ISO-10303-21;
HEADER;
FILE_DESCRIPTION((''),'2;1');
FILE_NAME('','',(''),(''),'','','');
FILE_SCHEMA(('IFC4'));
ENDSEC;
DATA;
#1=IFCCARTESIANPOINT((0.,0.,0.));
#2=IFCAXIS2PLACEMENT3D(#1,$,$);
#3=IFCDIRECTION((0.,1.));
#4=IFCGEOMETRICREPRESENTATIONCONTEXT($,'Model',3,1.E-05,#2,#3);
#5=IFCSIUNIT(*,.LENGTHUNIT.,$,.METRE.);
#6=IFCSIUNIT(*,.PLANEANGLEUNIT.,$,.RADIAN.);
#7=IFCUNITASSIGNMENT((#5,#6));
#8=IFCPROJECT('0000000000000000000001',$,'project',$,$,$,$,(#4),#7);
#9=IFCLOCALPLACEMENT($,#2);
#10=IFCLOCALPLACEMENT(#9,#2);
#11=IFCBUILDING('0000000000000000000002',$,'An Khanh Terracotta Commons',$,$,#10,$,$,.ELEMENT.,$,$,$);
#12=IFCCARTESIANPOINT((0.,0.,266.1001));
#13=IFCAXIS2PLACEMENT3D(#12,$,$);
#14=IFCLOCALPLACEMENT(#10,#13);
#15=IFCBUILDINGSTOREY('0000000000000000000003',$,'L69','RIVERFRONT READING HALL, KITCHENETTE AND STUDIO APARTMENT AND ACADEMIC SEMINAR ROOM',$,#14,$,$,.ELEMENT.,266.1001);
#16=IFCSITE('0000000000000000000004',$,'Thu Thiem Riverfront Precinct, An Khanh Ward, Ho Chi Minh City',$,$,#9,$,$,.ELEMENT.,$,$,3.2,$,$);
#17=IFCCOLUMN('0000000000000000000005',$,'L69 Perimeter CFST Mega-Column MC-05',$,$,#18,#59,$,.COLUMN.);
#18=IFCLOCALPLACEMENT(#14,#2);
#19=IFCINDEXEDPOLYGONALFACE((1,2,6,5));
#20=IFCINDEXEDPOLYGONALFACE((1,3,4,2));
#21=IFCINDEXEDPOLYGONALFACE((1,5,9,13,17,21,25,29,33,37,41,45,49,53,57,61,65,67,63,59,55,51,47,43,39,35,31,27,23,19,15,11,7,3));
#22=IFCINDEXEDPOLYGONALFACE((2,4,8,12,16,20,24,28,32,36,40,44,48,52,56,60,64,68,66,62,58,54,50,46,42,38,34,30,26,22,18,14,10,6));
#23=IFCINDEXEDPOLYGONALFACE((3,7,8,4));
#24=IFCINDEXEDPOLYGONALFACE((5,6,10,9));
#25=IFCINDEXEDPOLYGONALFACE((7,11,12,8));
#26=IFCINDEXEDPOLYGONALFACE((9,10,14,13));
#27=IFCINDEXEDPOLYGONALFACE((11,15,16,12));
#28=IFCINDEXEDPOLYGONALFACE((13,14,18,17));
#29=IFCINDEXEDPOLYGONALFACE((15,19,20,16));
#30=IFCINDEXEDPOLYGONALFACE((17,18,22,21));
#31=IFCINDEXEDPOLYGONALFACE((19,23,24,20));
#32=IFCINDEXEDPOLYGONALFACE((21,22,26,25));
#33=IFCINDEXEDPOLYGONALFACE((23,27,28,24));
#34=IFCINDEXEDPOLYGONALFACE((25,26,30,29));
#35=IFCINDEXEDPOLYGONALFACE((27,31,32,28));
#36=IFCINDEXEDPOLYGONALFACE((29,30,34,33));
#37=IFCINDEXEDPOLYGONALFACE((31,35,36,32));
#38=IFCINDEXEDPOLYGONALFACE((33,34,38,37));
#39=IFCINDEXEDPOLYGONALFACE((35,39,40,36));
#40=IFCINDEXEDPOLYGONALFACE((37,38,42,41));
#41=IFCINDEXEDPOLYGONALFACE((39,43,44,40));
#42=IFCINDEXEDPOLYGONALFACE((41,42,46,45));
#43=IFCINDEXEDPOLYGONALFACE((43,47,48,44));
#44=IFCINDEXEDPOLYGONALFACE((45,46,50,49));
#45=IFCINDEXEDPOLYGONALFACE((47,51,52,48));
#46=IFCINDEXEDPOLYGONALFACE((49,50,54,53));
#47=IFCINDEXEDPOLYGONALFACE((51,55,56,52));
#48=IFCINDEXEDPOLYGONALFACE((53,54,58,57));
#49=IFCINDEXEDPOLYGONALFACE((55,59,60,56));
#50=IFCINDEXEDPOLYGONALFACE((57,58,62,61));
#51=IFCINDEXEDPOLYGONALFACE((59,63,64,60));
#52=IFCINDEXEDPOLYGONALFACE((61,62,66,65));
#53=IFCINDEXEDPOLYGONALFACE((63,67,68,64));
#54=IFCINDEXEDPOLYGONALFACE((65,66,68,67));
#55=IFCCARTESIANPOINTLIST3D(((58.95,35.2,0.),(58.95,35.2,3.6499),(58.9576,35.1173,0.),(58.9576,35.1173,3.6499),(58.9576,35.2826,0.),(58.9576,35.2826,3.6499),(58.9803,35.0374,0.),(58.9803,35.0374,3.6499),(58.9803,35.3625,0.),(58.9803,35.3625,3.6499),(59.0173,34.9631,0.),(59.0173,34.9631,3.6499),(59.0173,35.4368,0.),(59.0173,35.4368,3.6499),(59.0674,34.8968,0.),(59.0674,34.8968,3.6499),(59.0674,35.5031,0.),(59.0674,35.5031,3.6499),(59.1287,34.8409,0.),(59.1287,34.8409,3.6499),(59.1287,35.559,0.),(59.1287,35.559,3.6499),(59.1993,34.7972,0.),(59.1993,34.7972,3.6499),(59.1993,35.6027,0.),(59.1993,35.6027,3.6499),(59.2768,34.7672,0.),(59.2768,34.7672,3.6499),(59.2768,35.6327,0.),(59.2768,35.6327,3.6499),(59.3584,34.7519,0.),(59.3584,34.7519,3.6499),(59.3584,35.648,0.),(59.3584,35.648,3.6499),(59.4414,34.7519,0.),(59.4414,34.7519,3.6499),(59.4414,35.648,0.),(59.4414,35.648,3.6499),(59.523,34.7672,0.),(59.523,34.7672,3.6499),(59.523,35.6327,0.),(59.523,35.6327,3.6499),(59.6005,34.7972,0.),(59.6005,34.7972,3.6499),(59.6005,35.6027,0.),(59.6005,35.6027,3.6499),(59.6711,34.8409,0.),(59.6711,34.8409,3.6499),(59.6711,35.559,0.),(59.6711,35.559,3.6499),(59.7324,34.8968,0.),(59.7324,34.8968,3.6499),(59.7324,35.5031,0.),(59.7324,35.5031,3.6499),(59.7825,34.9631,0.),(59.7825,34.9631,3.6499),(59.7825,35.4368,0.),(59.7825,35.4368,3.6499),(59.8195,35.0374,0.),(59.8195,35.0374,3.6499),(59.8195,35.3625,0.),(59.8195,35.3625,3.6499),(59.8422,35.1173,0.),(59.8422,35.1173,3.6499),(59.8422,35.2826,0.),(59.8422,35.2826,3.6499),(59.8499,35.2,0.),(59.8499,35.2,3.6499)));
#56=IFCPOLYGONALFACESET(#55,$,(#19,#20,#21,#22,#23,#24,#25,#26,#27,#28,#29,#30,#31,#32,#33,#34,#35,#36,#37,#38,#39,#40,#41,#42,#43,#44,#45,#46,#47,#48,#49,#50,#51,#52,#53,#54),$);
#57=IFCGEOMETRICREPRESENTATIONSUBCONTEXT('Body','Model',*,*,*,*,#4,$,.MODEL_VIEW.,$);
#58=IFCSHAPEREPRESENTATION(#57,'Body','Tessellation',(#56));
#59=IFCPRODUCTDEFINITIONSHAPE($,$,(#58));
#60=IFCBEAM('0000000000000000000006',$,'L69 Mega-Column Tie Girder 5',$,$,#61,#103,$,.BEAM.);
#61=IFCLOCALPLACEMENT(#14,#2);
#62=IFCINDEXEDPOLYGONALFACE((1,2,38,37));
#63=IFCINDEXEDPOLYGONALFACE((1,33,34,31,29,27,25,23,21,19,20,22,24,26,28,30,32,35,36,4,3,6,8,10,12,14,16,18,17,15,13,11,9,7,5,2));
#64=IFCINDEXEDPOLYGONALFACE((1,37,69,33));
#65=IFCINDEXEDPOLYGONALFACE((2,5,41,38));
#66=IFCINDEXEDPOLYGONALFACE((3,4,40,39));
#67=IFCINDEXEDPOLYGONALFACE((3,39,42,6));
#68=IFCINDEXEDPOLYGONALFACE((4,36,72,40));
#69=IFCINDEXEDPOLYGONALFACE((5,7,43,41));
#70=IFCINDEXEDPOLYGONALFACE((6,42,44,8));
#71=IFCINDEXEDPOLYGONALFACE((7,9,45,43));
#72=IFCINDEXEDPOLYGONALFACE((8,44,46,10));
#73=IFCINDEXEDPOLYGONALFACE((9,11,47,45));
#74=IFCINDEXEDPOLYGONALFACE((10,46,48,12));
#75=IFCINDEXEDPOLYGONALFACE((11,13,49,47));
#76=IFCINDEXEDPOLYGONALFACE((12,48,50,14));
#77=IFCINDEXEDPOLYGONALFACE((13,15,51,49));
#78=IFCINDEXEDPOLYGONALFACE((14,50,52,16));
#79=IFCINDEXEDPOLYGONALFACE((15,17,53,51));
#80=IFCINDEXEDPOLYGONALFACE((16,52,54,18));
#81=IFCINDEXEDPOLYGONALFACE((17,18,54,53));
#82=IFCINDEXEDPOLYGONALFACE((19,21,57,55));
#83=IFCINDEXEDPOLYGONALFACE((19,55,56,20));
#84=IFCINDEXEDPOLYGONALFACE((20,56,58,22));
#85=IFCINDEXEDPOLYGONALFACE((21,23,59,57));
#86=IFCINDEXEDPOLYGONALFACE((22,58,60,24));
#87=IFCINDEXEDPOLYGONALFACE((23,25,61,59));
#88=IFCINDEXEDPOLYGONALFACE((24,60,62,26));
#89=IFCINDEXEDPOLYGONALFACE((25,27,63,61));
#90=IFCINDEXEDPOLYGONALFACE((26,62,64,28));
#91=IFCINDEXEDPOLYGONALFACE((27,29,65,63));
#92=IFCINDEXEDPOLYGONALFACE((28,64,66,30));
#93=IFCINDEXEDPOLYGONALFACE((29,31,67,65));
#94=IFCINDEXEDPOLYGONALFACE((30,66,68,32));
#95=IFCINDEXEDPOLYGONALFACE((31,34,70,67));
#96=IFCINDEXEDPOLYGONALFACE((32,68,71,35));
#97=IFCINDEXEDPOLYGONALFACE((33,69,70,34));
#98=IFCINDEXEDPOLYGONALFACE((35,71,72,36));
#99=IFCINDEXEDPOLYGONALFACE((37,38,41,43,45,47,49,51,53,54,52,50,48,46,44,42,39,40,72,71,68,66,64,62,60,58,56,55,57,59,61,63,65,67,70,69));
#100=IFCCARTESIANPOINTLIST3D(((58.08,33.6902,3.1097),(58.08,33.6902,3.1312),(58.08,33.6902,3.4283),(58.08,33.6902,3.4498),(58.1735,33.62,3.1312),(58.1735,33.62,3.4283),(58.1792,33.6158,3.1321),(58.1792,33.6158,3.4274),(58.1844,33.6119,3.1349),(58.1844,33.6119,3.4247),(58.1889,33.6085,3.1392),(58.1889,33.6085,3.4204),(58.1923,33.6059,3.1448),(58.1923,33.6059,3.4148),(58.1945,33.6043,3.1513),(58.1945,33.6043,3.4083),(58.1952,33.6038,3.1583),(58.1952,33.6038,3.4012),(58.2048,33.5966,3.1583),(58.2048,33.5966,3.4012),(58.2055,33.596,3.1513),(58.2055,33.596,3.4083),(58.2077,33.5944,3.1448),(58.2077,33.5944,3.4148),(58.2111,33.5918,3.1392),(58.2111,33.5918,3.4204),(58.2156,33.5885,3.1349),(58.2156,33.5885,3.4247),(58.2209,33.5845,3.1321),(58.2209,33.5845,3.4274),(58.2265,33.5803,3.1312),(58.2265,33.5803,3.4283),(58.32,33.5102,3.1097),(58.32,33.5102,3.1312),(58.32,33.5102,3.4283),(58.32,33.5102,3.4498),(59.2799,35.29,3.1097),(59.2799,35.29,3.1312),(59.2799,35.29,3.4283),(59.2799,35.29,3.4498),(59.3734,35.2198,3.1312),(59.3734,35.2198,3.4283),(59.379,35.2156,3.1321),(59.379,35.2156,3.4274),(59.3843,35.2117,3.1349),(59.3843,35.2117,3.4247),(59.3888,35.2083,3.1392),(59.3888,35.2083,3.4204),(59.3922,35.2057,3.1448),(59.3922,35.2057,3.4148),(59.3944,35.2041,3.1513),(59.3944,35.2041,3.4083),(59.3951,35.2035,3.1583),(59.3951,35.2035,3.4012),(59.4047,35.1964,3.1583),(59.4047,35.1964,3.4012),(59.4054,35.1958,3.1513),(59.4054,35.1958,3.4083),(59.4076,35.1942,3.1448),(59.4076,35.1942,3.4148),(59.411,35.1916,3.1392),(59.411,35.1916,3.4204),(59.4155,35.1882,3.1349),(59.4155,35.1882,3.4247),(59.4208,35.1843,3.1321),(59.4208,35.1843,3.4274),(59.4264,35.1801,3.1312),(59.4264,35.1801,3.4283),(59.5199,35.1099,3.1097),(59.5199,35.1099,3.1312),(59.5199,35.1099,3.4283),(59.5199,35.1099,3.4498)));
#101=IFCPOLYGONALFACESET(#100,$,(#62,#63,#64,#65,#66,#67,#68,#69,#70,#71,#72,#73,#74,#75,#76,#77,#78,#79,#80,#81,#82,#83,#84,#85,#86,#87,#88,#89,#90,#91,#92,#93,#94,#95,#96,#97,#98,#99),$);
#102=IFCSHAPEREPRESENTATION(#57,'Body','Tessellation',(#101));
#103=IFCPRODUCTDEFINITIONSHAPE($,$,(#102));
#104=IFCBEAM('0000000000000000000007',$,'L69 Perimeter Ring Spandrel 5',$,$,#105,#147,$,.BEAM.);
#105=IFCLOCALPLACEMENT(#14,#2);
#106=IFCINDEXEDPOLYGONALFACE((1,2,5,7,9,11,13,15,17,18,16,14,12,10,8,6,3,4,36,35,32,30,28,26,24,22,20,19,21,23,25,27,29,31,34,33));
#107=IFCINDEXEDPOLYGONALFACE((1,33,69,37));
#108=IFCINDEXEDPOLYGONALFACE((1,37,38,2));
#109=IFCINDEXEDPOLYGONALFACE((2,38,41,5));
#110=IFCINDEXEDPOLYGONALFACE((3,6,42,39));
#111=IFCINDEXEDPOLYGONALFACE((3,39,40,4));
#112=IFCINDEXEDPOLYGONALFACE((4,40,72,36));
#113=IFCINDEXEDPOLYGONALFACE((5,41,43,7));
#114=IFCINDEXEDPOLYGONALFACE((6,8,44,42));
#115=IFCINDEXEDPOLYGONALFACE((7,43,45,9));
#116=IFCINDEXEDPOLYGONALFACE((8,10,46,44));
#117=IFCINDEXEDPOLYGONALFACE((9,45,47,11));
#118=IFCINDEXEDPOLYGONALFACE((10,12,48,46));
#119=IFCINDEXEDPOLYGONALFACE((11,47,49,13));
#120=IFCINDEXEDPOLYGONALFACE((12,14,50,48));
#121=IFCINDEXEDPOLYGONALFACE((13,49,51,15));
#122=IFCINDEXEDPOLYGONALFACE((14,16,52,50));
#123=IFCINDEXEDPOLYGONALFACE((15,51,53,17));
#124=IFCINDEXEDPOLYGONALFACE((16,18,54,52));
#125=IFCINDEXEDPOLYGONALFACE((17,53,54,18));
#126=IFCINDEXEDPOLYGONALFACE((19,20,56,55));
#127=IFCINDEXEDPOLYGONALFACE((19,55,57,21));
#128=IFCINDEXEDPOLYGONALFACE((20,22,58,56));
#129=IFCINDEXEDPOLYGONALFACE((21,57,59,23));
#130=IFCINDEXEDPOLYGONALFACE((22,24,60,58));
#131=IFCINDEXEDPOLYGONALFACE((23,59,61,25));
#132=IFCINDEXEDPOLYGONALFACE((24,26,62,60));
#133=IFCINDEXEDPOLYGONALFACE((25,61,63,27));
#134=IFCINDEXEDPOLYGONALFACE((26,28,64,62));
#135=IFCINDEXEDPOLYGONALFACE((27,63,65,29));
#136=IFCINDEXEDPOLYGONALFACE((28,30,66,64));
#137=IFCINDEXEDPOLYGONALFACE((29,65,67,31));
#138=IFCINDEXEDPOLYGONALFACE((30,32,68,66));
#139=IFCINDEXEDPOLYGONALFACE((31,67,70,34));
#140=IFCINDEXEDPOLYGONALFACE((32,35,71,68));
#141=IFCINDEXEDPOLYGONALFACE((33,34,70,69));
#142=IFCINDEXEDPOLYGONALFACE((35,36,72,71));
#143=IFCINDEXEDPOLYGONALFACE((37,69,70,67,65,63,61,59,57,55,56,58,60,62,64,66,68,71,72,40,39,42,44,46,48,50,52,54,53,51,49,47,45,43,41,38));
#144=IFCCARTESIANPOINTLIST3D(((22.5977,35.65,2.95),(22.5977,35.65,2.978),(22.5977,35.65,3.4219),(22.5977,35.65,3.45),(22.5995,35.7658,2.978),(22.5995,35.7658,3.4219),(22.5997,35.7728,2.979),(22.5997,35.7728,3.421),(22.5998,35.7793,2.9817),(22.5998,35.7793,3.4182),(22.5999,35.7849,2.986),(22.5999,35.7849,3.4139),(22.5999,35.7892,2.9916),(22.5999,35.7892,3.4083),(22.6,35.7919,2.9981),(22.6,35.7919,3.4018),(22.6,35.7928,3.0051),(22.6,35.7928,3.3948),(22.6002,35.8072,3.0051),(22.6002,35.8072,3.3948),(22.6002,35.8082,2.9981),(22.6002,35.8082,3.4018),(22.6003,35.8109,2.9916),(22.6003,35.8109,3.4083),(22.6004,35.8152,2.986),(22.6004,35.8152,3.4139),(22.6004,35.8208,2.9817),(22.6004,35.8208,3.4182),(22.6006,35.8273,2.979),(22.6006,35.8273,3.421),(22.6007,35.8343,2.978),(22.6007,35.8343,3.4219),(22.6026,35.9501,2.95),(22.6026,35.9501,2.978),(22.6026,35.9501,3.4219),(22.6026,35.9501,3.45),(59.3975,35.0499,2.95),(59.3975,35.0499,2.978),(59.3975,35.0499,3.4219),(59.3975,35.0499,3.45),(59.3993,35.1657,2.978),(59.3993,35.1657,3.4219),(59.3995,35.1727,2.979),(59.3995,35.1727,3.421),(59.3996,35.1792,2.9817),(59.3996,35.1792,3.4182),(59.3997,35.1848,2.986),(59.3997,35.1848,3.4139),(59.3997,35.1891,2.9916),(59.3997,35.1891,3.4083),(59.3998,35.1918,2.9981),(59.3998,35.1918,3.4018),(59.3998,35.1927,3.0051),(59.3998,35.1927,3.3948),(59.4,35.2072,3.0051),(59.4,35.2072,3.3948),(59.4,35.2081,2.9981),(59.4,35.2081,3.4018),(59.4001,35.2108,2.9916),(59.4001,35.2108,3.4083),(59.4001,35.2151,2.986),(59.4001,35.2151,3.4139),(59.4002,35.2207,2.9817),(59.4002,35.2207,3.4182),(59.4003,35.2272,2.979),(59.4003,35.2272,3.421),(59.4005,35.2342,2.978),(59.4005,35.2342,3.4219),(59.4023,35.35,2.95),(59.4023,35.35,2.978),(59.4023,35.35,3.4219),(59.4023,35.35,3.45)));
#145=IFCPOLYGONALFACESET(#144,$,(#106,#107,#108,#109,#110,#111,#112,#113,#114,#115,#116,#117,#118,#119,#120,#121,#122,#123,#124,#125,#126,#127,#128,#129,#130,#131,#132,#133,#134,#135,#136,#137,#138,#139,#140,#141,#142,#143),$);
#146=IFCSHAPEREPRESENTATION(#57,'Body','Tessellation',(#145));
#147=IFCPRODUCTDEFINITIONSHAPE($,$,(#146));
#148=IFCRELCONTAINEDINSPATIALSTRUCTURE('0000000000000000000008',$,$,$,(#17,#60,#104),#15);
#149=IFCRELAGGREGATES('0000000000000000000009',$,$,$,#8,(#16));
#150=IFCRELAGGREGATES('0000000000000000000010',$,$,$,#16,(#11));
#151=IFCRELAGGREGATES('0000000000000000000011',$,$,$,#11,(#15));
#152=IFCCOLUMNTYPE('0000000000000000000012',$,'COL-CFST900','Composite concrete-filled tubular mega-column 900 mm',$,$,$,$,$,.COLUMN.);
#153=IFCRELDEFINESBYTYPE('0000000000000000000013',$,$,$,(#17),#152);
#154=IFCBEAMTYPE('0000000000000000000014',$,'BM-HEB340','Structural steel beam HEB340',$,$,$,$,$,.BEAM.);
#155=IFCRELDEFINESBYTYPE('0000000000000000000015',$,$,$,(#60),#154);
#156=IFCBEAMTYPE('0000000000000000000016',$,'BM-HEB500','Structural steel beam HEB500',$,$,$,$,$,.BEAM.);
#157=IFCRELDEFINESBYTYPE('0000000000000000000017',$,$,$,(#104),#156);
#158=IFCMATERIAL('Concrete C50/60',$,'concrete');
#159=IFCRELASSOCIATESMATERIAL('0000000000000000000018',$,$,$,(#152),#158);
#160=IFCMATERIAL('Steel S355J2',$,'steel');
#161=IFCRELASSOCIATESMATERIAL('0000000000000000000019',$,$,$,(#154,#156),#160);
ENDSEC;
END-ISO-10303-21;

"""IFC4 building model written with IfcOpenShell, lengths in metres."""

from ifc_helpers import new_model, si_unit, direction, frame, origin, origin_2d, place, context, subcontext, project, spatial, circle, i_section, extrude, material, material_profile, profile_set, type_object, element, save


model = new_model("IFC4")

# Units and contexts
model_context = context("Model", 3, precision=1e-05, world=origin(), true_north=direction((0.0, 1.0)))
body_context = subcontext(model_context, "Body", "Model", "MODEL_VIEW")
ifc_project = project(units=[si_unit("LENGTHUNIT", "METRE"), si_unit("PLANEANGLEUNIT", "RADIAN")], contexts=[model_context])

# Site, building, storey
site_placement = place(None, origin())
site = spatial("IfcSite", under=ifc_project, at=site_placement, Name="Thu Thiem Riverfront Precinct, An Khanh Ward, Ho Chi Minh City", CompositionType="ELEMENT", RefElevation=3.2)
building_placement = place(site_placement, origin())
building = spatial("IfcBuilding", under=site, at=building_placement, Name="An Khanh Terracotta Commons", CompositionType="ELEMENT")
storey_placement = place(building_placement, frame((0.0, 0.0, 266.1001)))
storey = spatial("IfcBuildingStorey", under=building, at=storey_placement, Name="L69", Description="RIVERFRONT READING HALL, KITCHENETTE AND STUDIO APARTMENT AND ACADEMIC SEMINAR ROOM", CompositionType="ELEMENT", Elevation=266.1001)

# Column
ifc_material_1 = material(Name="Concrete C50/60", Category="concrete")
ifc_material_profile_1 = material_profile(ifc_material_1, circle(Radius=0.45, at=origin_2d()), Name="CFST900")
ifc_profile_set_1 = profile_set([ifc_material_profile_1], Name="Concrete C50/60")
column_type = type_object("IfcColumnType", Name="COL-CFST900", Description="Composite concrete-filled tubular mega-column 900 mm", PredefinedType="COLUMN", material=ifc_profile_set_1)
column_placement = place(storey_placement, frame((59.3999, 35.2, 0.0), z_axis=(0.0, 0.0, 1.0), x_axis=(1.0, 0.0, 0.0)))
element("IfcColumn", 1, at=column_placement, inside=storey, type_object=column_type, Name="L69 Perimeter CFST Mega-Column MC-05", PredefinedType="COLUMN", context=body_context, shape_type="SweptSolid", body=[
    extrude(circle(Radius=0.45, at=origin_2d()), origin(), (0.0, 0.0, 1.0), 3.6499),
])

# Beams
ifc_material_2 = material(Name="Steel S355J2", Category="steel")
ifc_material_profile_2 = material_profile(ifc_material_2, i_section(OverallWidth=0.3, OverallDepth=0.3401, WebThickness=0.012, FlangeThickness=0.0215, FilletRadius=0.0271, at=origin_2d()), Name="HEB340")
ifc_profile_set_2 = profile_set([ifc_material_profile_2], Name="Steel S355J2")
beam_type_1 = type_object("IfcBeamType", Name="BM-HEB340", Description="Structural steel beam HEB340", PredefinedType="BEAM", material=ifc_profile_set_2)
beam_1_placement = place(storey_placement, frame((59.3999, 35.2, 3.2798), z_axis=(-0.60002, -0.799985, 0.0), x_axis=(0.799985, -0.60002, 0.0)))
element("IfcBeam", 2, at=beam_1_placement, inside=storey, type_object=beam_type_1, Name="L69 Mega-Column Tie Girder 5", PredefinedType="BEAM", context=body_context, shape_type="SweptSolid", body=[
    extrude(i_section(OverallWidth=0.3, OverallDepth=0.3401, WebThickness=0.012, FlangeThickness=0.0215, FilletRadius=0.0271, at=origin_2d()), origin(), (0.0, 0.0, 1.0), 1.9998),
])
ifc_material_profile_3 = material_profile(ifc_material_2, i_section(OverallWidth=0.3, OverallDepth=0.5, WebThickness=0.0144, FlangeThickness=0.0281, FilletRadius=0.0271, at=origin_2d()), Name="HEB500")
ifc_profile_set_3 = profile_set([ifc_material_profile_3], Name="Steel S355J2")
beam_type_2 = type_object("IfcBeamType", Name="BM-HEB500", Description="Structural steel beam HEB500", PredefinedType="BEAM", material=ifc_profile_set_3)
beam_2_placement = place(storey_placement, frame((59.3999, 35.2, 3.2), z_axis=(-0.999867, 0.016305, 0.0), x_axis=(-0.016305, -0.999867, 0.0)))
element("IfcBeam", 3, at=beam_2_placement, inside=storey, type_object=beam_type_2, Name="L69 Perimeter Ring Spandrel 5", PredefinedType="BEAM", context=body_context, shape_type="SweptSolid", body=[
    extrude(i_section(OverallWidth=0.3, OverallDepth=0.5, WebThickness=0.0144, FlangeThickness=0.0281, FilletRadius=0.0271, at=origin_2d()), origin(), (0.0, 0.0, 1.0), 36.8047),
])

save(model, "model.ifc")
